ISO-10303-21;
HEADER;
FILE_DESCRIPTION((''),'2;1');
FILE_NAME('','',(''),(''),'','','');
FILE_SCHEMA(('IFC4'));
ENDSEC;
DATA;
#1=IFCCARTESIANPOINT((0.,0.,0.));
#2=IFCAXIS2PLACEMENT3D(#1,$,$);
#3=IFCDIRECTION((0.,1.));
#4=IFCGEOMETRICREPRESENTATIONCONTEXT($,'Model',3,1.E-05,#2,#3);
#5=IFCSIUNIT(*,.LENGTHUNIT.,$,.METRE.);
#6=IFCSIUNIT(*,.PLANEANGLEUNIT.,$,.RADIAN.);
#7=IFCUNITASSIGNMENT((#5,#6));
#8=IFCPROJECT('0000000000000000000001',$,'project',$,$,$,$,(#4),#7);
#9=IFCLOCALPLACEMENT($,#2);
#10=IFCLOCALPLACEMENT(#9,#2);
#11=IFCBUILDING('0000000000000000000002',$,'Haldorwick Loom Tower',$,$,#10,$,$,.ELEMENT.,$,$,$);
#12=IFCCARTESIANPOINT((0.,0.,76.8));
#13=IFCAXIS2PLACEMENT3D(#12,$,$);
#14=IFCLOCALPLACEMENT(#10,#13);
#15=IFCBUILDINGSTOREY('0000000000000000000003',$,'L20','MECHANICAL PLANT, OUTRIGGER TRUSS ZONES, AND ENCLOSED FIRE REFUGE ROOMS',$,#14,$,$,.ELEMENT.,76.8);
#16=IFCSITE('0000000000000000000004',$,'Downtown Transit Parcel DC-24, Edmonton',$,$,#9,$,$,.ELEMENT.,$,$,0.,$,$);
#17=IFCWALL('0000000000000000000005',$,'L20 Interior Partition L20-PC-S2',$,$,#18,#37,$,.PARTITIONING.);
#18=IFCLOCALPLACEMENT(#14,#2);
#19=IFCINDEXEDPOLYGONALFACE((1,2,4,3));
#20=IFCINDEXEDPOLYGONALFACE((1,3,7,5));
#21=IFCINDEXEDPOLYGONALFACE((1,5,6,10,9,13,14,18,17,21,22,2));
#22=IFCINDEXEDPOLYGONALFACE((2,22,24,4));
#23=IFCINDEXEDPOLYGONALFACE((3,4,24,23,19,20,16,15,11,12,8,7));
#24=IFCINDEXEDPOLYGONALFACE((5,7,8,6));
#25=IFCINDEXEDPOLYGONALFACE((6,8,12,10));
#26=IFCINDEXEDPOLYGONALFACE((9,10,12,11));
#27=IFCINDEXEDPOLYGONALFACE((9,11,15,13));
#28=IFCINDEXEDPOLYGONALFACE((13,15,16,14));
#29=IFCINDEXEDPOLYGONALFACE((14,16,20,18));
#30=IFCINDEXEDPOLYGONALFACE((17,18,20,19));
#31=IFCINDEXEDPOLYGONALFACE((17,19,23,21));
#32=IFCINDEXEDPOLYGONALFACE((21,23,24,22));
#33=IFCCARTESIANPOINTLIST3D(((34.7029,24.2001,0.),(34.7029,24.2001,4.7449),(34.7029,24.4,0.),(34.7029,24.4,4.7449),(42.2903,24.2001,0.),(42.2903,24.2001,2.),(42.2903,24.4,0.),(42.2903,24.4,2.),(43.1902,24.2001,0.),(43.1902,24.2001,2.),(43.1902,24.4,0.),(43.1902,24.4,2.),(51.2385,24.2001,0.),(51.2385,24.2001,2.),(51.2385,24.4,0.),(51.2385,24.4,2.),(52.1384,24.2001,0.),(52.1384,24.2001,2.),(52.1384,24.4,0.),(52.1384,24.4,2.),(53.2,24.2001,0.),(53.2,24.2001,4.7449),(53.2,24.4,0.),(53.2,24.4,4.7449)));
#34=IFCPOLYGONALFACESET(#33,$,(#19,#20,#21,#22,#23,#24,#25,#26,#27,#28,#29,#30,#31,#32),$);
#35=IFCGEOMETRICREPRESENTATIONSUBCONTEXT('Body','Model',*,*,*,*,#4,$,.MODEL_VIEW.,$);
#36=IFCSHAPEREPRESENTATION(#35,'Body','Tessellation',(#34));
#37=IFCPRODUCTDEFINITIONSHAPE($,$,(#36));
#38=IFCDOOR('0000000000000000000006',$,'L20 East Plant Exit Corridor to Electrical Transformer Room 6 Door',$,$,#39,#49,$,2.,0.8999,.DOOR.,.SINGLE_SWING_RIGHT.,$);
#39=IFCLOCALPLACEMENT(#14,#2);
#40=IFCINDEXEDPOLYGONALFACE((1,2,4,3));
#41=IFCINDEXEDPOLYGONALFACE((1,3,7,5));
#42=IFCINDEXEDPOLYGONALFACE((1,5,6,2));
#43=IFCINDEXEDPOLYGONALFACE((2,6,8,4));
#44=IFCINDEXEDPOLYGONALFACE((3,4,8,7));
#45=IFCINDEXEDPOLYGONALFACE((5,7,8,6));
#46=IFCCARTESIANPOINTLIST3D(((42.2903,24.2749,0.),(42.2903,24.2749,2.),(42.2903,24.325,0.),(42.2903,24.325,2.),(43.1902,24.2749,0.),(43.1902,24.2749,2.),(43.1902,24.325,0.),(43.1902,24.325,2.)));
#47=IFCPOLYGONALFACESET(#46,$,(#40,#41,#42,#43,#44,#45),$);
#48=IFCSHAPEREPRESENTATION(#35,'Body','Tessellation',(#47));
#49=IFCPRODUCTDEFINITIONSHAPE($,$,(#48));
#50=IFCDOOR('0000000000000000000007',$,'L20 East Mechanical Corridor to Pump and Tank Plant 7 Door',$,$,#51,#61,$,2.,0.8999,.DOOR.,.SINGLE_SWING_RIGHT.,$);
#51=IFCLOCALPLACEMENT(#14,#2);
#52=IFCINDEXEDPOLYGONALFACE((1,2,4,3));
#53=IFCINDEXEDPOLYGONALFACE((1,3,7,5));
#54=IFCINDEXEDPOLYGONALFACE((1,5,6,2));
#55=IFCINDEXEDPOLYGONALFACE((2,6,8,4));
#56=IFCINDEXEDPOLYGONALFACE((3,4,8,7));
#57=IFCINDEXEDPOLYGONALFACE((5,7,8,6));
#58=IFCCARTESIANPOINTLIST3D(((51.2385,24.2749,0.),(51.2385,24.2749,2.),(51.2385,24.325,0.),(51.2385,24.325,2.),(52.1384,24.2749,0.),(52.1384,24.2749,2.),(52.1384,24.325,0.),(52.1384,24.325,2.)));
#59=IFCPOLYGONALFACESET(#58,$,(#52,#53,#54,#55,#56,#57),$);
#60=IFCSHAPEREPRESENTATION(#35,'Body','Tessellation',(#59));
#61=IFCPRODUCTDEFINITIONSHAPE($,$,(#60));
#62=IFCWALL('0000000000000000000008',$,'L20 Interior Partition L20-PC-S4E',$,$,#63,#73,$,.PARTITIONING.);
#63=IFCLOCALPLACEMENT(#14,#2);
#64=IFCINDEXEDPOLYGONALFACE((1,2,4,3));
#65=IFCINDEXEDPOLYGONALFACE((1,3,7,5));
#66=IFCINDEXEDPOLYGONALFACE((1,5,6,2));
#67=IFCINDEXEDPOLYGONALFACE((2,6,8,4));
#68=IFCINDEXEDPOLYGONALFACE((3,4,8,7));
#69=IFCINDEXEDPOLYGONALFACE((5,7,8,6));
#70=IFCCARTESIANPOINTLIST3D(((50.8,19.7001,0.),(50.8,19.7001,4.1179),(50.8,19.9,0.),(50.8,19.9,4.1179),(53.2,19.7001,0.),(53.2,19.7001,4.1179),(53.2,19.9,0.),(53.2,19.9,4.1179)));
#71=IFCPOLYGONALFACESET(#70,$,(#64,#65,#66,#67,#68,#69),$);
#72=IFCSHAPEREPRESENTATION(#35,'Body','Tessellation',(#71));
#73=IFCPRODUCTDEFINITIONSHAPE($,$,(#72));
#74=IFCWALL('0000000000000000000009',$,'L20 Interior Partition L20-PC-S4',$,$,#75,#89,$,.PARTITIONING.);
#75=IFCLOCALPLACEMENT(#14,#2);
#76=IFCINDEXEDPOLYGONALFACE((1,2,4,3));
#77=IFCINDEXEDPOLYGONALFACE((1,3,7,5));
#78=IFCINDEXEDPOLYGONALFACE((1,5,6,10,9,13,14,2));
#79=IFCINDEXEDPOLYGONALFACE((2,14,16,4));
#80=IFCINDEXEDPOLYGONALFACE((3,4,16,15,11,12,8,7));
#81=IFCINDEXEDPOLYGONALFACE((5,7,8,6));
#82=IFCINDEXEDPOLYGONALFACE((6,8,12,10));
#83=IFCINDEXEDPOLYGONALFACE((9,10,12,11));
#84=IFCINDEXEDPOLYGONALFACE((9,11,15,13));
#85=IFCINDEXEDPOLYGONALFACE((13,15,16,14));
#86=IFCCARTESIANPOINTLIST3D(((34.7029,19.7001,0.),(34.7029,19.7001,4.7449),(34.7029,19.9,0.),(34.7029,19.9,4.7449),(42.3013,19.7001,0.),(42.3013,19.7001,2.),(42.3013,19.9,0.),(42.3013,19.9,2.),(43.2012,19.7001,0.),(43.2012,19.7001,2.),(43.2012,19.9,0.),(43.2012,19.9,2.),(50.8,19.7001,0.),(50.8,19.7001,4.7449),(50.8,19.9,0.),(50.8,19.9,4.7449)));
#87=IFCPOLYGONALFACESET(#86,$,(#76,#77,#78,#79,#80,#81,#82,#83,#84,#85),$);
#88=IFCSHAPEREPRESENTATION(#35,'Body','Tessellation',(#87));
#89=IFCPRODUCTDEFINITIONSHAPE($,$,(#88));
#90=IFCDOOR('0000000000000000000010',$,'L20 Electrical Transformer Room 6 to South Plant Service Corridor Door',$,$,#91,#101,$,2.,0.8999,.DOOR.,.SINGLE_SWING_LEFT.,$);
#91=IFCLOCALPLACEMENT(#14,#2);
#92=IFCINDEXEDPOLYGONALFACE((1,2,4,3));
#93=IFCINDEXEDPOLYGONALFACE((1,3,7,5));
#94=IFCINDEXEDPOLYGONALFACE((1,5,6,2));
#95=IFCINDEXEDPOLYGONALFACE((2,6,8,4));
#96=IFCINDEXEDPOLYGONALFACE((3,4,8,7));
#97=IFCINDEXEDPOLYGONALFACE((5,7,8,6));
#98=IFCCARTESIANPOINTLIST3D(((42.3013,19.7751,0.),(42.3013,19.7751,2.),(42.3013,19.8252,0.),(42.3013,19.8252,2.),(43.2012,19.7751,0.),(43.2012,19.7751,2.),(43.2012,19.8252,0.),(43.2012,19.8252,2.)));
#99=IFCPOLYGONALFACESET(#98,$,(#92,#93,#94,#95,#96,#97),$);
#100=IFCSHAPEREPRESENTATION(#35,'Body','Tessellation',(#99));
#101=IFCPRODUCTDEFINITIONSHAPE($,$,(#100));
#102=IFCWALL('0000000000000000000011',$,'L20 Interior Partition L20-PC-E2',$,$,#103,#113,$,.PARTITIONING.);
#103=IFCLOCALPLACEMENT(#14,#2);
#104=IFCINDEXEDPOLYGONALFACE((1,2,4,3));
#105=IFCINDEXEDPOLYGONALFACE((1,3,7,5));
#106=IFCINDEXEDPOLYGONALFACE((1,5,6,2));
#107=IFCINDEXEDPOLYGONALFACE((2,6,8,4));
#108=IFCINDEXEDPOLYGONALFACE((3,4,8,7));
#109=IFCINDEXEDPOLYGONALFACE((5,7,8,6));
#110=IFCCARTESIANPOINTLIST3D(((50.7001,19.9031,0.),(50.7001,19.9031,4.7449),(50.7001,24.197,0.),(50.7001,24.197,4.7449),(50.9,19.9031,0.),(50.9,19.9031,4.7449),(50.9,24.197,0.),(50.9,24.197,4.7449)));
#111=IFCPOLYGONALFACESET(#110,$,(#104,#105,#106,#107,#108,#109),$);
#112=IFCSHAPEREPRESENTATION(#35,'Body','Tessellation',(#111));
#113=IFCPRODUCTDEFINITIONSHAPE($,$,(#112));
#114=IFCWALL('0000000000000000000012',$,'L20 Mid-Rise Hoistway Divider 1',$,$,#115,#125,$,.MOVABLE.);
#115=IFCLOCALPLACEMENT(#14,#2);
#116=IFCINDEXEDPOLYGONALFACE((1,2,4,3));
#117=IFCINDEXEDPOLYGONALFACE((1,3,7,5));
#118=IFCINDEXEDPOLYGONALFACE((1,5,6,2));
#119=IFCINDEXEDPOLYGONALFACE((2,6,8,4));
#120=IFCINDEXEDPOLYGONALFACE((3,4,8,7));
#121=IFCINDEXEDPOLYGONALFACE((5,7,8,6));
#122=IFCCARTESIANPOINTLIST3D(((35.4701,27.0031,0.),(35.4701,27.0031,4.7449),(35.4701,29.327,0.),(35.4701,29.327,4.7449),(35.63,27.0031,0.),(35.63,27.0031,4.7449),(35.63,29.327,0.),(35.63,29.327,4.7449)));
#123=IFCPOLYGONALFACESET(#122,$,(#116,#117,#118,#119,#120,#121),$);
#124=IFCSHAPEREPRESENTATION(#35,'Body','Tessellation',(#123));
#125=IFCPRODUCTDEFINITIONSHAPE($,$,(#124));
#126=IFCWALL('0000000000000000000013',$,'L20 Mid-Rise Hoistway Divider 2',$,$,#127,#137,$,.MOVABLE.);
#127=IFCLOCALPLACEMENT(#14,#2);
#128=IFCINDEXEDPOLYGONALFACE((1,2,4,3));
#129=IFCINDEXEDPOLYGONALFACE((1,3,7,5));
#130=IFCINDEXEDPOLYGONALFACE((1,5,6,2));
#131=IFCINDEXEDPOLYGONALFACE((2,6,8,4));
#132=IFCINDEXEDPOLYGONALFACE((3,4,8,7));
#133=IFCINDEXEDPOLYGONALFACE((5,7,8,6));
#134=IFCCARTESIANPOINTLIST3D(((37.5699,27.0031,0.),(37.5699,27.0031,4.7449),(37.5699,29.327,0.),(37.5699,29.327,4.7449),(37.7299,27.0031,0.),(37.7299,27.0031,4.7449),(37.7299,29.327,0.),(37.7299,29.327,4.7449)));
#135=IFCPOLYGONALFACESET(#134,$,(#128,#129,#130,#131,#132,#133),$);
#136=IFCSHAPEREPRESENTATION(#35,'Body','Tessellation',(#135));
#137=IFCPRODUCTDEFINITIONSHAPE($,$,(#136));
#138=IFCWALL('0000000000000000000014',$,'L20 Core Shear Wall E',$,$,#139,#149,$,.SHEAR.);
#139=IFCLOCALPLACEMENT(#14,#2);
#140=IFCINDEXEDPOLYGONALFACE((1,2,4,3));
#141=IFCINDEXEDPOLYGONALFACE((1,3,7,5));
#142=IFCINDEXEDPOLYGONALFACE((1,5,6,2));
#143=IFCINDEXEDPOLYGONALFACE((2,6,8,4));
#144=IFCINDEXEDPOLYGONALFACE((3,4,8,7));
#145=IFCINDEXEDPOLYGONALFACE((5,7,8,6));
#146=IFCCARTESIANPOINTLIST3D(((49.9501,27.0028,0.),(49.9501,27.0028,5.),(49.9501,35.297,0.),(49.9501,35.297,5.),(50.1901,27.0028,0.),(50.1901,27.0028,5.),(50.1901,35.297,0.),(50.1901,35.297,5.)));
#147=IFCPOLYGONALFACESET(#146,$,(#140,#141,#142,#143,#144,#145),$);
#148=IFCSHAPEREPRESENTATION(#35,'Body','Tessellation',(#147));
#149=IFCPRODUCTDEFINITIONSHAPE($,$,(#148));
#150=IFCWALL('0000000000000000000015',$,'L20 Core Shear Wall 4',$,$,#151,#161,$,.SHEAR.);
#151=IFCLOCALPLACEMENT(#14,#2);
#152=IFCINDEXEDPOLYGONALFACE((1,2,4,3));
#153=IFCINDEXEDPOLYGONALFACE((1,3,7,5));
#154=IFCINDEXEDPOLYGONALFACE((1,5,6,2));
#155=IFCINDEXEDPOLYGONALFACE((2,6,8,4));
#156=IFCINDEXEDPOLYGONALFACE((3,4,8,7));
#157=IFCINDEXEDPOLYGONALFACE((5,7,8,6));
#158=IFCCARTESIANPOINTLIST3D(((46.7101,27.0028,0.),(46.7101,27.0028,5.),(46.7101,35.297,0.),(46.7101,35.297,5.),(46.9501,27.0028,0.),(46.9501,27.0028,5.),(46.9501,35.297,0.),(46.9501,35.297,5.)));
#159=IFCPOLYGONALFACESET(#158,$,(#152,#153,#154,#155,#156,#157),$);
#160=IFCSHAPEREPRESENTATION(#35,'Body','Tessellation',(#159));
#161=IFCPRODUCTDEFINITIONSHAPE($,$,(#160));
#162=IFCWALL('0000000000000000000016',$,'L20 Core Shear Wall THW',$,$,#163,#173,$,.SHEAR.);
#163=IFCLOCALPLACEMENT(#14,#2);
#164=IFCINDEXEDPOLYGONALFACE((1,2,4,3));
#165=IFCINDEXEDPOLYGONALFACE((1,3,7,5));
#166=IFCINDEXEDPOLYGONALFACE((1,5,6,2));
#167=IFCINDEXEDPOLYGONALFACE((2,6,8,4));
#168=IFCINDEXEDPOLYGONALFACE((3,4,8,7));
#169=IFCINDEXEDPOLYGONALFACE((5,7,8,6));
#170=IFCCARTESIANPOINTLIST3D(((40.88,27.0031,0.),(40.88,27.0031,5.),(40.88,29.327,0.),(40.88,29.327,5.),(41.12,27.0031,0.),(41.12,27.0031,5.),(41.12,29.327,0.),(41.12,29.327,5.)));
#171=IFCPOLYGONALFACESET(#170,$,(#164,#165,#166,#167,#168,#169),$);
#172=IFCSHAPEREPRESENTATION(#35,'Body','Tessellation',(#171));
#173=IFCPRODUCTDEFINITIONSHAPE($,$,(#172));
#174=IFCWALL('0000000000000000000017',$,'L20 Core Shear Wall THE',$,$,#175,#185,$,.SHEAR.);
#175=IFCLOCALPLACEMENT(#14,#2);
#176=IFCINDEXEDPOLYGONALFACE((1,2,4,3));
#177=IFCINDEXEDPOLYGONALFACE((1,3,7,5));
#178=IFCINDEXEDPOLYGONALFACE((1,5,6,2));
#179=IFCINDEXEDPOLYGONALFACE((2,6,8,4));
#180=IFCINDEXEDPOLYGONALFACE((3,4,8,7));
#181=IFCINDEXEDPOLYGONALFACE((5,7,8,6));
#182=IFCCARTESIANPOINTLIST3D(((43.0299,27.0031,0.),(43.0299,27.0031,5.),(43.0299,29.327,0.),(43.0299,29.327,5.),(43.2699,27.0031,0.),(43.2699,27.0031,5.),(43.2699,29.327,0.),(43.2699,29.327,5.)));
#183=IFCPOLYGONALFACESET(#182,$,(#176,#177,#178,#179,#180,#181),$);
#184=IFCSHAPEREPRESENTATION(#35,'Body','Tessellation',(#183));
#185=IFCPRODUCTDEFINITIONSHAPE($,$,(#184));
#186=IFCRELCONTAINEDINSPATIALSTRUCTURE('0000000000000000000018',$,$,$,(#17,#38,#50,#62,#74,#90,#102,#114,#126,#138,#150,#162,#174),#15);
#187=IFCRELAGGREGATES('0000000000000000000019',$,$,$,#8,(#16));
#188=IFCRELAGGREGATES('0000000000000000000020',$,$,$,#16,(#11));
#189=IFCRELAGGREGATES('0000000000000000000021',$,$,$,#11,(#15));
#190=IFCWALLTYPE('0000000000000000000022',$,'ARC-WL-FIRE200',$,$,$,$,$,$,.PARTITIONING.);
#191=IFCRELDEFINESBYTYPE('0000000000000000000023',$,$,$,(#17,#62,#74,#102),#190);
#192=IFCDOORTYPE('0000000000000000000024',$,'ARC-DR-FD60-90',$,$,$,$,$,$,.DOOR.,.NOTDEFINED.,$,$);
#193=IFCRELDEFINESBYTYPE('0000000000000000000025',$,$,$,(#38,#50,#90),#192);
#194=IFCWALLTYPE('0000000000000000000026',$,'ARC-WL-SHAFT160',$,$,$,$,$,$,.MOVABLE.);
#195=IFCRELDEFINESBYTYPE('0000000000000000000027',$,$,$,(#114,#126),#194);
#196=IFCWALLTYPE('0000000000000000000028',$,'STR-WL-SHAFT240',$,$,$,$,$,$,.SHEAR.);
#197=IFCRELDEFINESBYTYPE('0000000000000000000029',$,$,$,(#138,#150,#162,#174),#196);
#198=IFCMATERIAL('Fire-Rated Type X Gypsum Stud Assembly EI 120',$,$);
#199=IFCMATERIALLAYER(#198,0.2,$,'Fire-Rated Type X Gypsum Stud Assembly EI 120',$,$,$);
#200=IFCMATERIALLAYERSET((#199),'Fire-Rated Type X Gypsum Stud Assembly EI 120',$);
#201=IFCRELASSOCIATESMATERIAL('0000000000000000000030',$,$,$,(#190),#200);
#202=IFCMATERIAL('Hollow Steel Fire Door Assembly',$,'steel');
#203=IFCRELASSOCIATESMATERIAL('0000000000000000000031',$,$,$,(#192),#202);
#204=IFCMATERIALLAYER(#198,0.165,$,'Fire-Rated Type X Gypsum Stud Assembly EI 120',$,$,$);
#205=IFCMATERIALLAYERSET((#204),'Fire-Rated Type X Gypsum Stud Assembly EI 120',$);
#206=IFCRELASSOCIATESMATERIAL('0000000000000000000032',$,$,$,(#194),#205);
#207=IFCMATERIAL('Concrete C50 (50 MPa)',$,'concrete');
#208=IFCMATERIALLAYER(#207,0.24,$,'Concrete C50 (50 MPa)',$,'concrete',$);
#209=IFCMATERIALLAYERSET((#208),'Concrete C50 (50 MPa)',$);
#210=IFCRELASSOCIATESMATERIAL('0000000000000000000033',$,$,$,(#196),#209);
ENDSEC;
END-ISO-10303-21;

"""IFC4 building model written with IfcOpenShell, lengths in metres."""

from ifc_helpers import new_model, si_unit, direction, frame, frame_2d, origin, place, context, subcontext, project, spatial, rectangle, extrude, material, layer, layer_set, type_object, element, fill, save


model = new_model("IFC4")

# Units and contexts
model_context = context("Model", 3, precision=1e-05, world=origin(), true_north=direction((0.0, 1.0)))
body_context = subcontext(model_context, "Body", "Model", "MODEL_VIEW")
ifc_project = project(units=[si_unit("LENGTHUNIT", "METRE"), si_unit("PLANEANGLEUNIT", "RADIAN")], contexts=[model_context])

# Site, building, storey
site_placement = place(None, origin())
site = spatial("IfcSite", under=ifc_project, at=site_placement, Name="Downtown Transit Parcel DC-24, Edmonton", CompositionType="ELEMENT", RefElevation=0.0)
building_placement = place(site_placement, origin())
building = spatial("IfcBuilding", under=site, at=building_placement, Name="Haldorwick Loom Tower", CompositionType="ELEMENT")
storey_placement = place(building_placement, frame((0.0, 0.0, 76.8)))
storey = spatial("IfcBuildingStorey", under=building, at=storey_placement, Name="L20", Description="MECHANICAL PLANT, OUTRIGGER TRUSS ZONES, AND ENCLOSED FIRE REFUGE ROOMS", CompositionType="ELEMENT", Elevation=76.8)

# Wall, openings, doors
ifc_material_1 = material(Name="Fire-Rated Type X Gypsum Stud Assembly EI 120")
ifc_layer_1 = layer(ifc_material_1, 0.2, Name="Fire-Rated Type X Gypsum Stud Assembly EI 120")
ifc_layer_set_1 = layer_set([ifc_layer_1], Name="Fire-Rated Type X Gypsum Stud Assembly EI 120")
wall_type_1 = type_object("IfcWallType", Name="ARC-WL-FIRE200", PredefinedType="PARTITIONING", material=ifc_layer_set_1)
ifc_material_2 = material(Name="Hollow Steel Fire Door Assembly", Category="steel")
door_type = type_object("IfcDoorType", Name="ARC-DR-FD60-90", OperationType="NOTDEFINED", PredefinedType="DOOR", material=ifc_material_2)
wall_1_placement = place(storey_placement, frame((34.7029, 24.3, 0.0), z_axis=(0.0, 0.0, 1.0), x_axis=(1.0, 0.0, 0.0)))
wall_1 = element("IfcWall", 1, at=wall_1_placement, inside=storey, type_object=wall_type_1, Name="L20 Interior Partition L20-PC-S2", PredefinedType="PARTITIONING", context=body_context, shape_type="SweptSolid", body=[
    extrude(rectangle(XDim=18.4971, YDim=0.2, at=frame_2d((9.2485, 0.0))), origin(), (0.0, 0.0, 1.0), 4.7449),
])
opening_1_placement = place(wall_1_placement, frame((7.5874, 0.0, 0.0)))
opening_1 = element("IfcOpeningElement", 2, at=opening_1_placement, cuts=wall_1, PredefinedType="OPENING", context=body_context, shape_type="SweptSolid", body=[
    extrude(rectangle(XDim=0.8999, YDim=2.0, at=frame_2d((0.45, 1.0))), frame((0.0, 0.1099, 0.0), z_axis=(0.0, -1.0, 0.0), x_axis=(1.0, 0.0, 0.0)), (0.0, 0.0, 1.0), 0.22),
])
opening_2_placement = place(wall_1_placement, frame((16.5356, 0.0, 0.0)))
opening_2 = element("IfcOpeningElement", 3, at=opening_2_placement, cuts=wall_1, PredefinedType="OPENING", context=body_context, shape_type="SweptSolid", body=[
    extrude(rectangle(XDim=0.8999, YDim=2.0, at=frame_2d((0.45, 1.0))), frame((0.0, 0.1099, 0.0), z_axis=(0.0, -1.0, 0.0), x_axis=(1.0, 0.0, 0.0)), (0.0, 0.0, 1.0), 0.22),
])
door_1_placement = place(opening_1_placement, origin())
door_1 = element("IfcDoor", 4, at=door_1_placement, inside=storey, type_object=door_type, Name="L20 East Plant Exit Corridor to Electrical Transformer Room 6 Door", OperationType="SINGLE_SWING_RIGHT", OverallHeight=2.0, OverallWidth=0.8999, PredefinedType="DOOR", context=body_context, shape_type="SweptSolid", body=[
    extrude(rectangle(XDim=0.8999, YDim=2.0, at=frame_2d((0.45, 1.0))), frame((0.0, 0.0249, 0.0), z_axis=(0.0, -1.0, 0.0), x_axis=(1.0, 0.0, 0.0)), (0.0, 0.0, 1.0), 0.05),
])
fill(opening_1, door_1)
door_2_placement = place(opening_2_placement, origin())
door_2 = element("IfcDoor", 5, at=door_2_placement, inside=storey, type_object=door_type, Name="L20 East Mechanical Corridor to Pump and Tank Plant 7 Door", OperationType="SINGLE_SWING_RIGHT", OverallHeight=2.0, OverallWidth=0.8999, PredefinedType="DOOR", context=body_context, shape_type="SweptSolid", body=[
    extrude(rectangle(XDim=0.8999, YDim=2.0, at=frame_2d((0.45, 1.0))), frame((0.0, 0.0249, 0.0), z_axis=(0.0, -1.0, 0.0), x_axis=(1.0, 0.0, 0.0)), (0.0, 0.0, 1.0), 0.05),
])
fill(opening_2, door_2)

# Wall
wall_2_placement = place(storey_placement, frame((50.8, 19.8, 0.0), z_axis=(0.0, 0.0, 1.0), x_axis=(1.0, 0.0, 0.0)))
element("IfcWall", 6, at=wall_2_placement, inside=storey, type_object=wall_type_1, Name="L20 Interior Partition L20-PC-S4E", PredefinedType="PARTITIONING", context=body_context, shape_type="SweptSolid", body=[
    extrude(rectangle(XDim=2.3999, YDim=0.2, at=frame_2d((1.2, 0.0))), origin(), (0.0, 0.0, 1.0), 4.1179),
])

# Wall, opening, door
wall_3_placement = place(storey_placement, frame((34.7029, 19.8, 0.0), z_axis=(0.0, 0.0, 1.0), x_axis=(1.0, 0.0, 0.0)))
wall_3 = element("IfcWall", 7, at=wall_3_placement, inside=storey, type_object=wall_type_1, Name="L20 Interior Partition L20-PC-S4", PredefinedType="PARTITIONING", context=body_context, shape_type="SweptSolid", body=[
    extrude(rectangle(XDim=16.0972, YDim=0.2, at=frame_2d((8.0486, 0.0))), origin(), (0.0, 0.0, 1.0), 4.7449),
])
opening_3_placement = place(wall_3_placement, frame((7.5984, 0.0, 0.0)))
opening_3 = element("IfcOpeningElement", 8, at=opening_3_placement, cuts=wall_3, PredefinedType="OPENING", context=body_context, shape_type="SweptSolid", body=[
    extrude(rectangle(XDim=0.8999, YDim=2.0, at=frame_2d((0.45, 1.0))), frame((0.0, 0.1099, 0.0), z_axis=(0.0, -1.0, 0.0), x_axis=(1.0, 0.0, 0.0)), (0.0, 0.0, 1.0), 0.22),
])
door_3_placement = place(opening_3_placement, frame((0.8999, 0.0, 0.0), z_axis=(0.0, 0.0, 1.0), x_axis=(-1.0, 0.0, 0.0)))
door_3 = element("IfcDoor", 9, at=door_3_placement, inside=storey, type_object=door_type, Name="L20 Electrical Transformer Room 6 to South Plant Service Corridor Door", OperationType="SINGLE_SWING_LEFT", OverallHeight=2.0, OverallWidth=0.8999, PredefinedType="DOOR", context=body_context, shape_type="SweptSolid", body=[
    extrude(rectangle(XDim=0.8999, YDim=2.0, at=frame_2d((0.45, 1.0))), frame((0.0, 0.0249, 0.0), z_axis=(0.0, -1.0, 0.0), x_axis=(1.0, 0.0, 0.0)), (0.0, 0.0, 1.0), 0.05),
])
fill(opening_3, door_3)

# Walls
wall_4_placement = place(storey_placement, frame((50.8, 19.9031, 0.0), z_axis=(0.0, 0.0, 1.0), x_axis=(0.0, 1.0, 0.0)))
element("IfcWall", 10, at=wall_4_placement, inside=storey, type_object=wall_type_1, Name="L20 Interior Partition L20-PC-E2", PredefinedType="PARTITIONING", context=body_context, shape_type="SweptSolid", body=[
    extrude(rectangle(XDim=4.2939, YDim=0.2, at=frame_2d((2.147, 0.0))), origin(), (0.0, 0.0, 1.0), 4.7449),
])
ifc_layer_2 = layer(ifc_material_1, 0.165, Name="Fire-Rated Type X Gypsum Stud Assembly EI 120")
ifc_layer_set_2 = layer_set([ifc_layer_2], Name="Fire-Rated Type X Gypsum Stud Assembly EI 120")
wall_type_2 = type_object("IfcWallType", Name="ARC-WL-SHAFT160", PredefinedType="MOVABLE", material=ifc_layer_set_2)
for number, where, z_axis, x_axis, name in (
    (11, (35.55, 27.0029, 0.0), (0.0, 0.0, 1.0), (0.0, 1.0, 0.0), "L20 Mid-Rise Hoistway Divider 1"),
    (12, (37.6499, 27.0029, 0.0), (0.0, 0.0, 1.0), (0.0, 1.0, 0.0), "L20 Mid-Rise Hoistway Divider 2"),
):
    element("IfcWall", number, at=place(storey_placement, frame(where, z_axis=z_axis, x_axis=x_axis)), inside=storey, type_object=wall_type_2, Name=name, PredefinedType="MOVABLE", context=body_context, shape_type="SweptSolid", body=[
        extrude(rectangle(XDim=2.324, YDim=0.1599, at=frame_2d((1.1621, 0.0))), origin(), (0.0, 0.0, 1.0), 4.7449),
    ])
ifc_material_3 = material(Name="Concrete C50 (50 MPa)", Category="concrete")
ifc_layer_3 = layer(ifc_material_3, 0.24, Name="Concrete C50 (50 MPa)", Category="concrete")
ifc_layer_set_3 = layer_set([ifc_layer_3], Name="Concrete C50 (50 MPa)")
wall_type_3 = type_object("IfcWallType", Name="STR-WL-SHAFT240", PredefinedType="SHEAR", material=ifc_layer_set_3)
for number, where, z_axis, x_axis, name in (
    (13, (50.0701, 27.0029, 0.0), (0.0, 0.0, 1.0), (0.0, 1.0, 0.0), "L20 Core Shear Wall E"),
    (14, (46.8301, 27.0029, 0.0), (0.0, 0.0, 1.0), (0.0, 1.0, 0.0), "L20 Core Shear Wall 4"),
):
    element("IfcWall", number, at=place(storey_placement, frame(where, z_axis=z_axis, x_axis=x_axis)), inside=storey, type_object=wall_type_3, Name=name, PredefinedType="SHEAR", context=body_context, shape_type="SweptSolid", body=[
        extrude(rectangle(XDim=8.2942, YDim=0.24, at=frame_2d((4.147, 0.0))), origin(), (0.0, 0.0, 1.0), 5.0),
    ])
for number, where, z_axis, x_axis, name in (
    (15, (41.0, 27.0029, 0.0), (0.0, 0.0, 1.0), (0.0, 1.0, 0.0), "L20 Core Shear Wall THW"),
    (16, (43.1499, 27.0029, 0.0), (0.0, 0.0, 1.0), (0.0, 1.0, 0.0), "L20 Core Shear Wall THE"),
):
    element("IfcWall", number, at=place(storey_placement, frame(where, z_axis=z_axis, x_axis=x_axis)), inside=storey, type_object=wall_type_3, Name=name, PredefinedType="SHEAR", context=body_context, shape_type="SweptSolid", body=[
        extrude(rectangle(XDim=2.324, YDim=0.24, at=frame_2d((1.1621, 0.0))), origin(), (0.0, 0.0, 1.0), 5.0),
    ])

save(model, "model.ifc")
